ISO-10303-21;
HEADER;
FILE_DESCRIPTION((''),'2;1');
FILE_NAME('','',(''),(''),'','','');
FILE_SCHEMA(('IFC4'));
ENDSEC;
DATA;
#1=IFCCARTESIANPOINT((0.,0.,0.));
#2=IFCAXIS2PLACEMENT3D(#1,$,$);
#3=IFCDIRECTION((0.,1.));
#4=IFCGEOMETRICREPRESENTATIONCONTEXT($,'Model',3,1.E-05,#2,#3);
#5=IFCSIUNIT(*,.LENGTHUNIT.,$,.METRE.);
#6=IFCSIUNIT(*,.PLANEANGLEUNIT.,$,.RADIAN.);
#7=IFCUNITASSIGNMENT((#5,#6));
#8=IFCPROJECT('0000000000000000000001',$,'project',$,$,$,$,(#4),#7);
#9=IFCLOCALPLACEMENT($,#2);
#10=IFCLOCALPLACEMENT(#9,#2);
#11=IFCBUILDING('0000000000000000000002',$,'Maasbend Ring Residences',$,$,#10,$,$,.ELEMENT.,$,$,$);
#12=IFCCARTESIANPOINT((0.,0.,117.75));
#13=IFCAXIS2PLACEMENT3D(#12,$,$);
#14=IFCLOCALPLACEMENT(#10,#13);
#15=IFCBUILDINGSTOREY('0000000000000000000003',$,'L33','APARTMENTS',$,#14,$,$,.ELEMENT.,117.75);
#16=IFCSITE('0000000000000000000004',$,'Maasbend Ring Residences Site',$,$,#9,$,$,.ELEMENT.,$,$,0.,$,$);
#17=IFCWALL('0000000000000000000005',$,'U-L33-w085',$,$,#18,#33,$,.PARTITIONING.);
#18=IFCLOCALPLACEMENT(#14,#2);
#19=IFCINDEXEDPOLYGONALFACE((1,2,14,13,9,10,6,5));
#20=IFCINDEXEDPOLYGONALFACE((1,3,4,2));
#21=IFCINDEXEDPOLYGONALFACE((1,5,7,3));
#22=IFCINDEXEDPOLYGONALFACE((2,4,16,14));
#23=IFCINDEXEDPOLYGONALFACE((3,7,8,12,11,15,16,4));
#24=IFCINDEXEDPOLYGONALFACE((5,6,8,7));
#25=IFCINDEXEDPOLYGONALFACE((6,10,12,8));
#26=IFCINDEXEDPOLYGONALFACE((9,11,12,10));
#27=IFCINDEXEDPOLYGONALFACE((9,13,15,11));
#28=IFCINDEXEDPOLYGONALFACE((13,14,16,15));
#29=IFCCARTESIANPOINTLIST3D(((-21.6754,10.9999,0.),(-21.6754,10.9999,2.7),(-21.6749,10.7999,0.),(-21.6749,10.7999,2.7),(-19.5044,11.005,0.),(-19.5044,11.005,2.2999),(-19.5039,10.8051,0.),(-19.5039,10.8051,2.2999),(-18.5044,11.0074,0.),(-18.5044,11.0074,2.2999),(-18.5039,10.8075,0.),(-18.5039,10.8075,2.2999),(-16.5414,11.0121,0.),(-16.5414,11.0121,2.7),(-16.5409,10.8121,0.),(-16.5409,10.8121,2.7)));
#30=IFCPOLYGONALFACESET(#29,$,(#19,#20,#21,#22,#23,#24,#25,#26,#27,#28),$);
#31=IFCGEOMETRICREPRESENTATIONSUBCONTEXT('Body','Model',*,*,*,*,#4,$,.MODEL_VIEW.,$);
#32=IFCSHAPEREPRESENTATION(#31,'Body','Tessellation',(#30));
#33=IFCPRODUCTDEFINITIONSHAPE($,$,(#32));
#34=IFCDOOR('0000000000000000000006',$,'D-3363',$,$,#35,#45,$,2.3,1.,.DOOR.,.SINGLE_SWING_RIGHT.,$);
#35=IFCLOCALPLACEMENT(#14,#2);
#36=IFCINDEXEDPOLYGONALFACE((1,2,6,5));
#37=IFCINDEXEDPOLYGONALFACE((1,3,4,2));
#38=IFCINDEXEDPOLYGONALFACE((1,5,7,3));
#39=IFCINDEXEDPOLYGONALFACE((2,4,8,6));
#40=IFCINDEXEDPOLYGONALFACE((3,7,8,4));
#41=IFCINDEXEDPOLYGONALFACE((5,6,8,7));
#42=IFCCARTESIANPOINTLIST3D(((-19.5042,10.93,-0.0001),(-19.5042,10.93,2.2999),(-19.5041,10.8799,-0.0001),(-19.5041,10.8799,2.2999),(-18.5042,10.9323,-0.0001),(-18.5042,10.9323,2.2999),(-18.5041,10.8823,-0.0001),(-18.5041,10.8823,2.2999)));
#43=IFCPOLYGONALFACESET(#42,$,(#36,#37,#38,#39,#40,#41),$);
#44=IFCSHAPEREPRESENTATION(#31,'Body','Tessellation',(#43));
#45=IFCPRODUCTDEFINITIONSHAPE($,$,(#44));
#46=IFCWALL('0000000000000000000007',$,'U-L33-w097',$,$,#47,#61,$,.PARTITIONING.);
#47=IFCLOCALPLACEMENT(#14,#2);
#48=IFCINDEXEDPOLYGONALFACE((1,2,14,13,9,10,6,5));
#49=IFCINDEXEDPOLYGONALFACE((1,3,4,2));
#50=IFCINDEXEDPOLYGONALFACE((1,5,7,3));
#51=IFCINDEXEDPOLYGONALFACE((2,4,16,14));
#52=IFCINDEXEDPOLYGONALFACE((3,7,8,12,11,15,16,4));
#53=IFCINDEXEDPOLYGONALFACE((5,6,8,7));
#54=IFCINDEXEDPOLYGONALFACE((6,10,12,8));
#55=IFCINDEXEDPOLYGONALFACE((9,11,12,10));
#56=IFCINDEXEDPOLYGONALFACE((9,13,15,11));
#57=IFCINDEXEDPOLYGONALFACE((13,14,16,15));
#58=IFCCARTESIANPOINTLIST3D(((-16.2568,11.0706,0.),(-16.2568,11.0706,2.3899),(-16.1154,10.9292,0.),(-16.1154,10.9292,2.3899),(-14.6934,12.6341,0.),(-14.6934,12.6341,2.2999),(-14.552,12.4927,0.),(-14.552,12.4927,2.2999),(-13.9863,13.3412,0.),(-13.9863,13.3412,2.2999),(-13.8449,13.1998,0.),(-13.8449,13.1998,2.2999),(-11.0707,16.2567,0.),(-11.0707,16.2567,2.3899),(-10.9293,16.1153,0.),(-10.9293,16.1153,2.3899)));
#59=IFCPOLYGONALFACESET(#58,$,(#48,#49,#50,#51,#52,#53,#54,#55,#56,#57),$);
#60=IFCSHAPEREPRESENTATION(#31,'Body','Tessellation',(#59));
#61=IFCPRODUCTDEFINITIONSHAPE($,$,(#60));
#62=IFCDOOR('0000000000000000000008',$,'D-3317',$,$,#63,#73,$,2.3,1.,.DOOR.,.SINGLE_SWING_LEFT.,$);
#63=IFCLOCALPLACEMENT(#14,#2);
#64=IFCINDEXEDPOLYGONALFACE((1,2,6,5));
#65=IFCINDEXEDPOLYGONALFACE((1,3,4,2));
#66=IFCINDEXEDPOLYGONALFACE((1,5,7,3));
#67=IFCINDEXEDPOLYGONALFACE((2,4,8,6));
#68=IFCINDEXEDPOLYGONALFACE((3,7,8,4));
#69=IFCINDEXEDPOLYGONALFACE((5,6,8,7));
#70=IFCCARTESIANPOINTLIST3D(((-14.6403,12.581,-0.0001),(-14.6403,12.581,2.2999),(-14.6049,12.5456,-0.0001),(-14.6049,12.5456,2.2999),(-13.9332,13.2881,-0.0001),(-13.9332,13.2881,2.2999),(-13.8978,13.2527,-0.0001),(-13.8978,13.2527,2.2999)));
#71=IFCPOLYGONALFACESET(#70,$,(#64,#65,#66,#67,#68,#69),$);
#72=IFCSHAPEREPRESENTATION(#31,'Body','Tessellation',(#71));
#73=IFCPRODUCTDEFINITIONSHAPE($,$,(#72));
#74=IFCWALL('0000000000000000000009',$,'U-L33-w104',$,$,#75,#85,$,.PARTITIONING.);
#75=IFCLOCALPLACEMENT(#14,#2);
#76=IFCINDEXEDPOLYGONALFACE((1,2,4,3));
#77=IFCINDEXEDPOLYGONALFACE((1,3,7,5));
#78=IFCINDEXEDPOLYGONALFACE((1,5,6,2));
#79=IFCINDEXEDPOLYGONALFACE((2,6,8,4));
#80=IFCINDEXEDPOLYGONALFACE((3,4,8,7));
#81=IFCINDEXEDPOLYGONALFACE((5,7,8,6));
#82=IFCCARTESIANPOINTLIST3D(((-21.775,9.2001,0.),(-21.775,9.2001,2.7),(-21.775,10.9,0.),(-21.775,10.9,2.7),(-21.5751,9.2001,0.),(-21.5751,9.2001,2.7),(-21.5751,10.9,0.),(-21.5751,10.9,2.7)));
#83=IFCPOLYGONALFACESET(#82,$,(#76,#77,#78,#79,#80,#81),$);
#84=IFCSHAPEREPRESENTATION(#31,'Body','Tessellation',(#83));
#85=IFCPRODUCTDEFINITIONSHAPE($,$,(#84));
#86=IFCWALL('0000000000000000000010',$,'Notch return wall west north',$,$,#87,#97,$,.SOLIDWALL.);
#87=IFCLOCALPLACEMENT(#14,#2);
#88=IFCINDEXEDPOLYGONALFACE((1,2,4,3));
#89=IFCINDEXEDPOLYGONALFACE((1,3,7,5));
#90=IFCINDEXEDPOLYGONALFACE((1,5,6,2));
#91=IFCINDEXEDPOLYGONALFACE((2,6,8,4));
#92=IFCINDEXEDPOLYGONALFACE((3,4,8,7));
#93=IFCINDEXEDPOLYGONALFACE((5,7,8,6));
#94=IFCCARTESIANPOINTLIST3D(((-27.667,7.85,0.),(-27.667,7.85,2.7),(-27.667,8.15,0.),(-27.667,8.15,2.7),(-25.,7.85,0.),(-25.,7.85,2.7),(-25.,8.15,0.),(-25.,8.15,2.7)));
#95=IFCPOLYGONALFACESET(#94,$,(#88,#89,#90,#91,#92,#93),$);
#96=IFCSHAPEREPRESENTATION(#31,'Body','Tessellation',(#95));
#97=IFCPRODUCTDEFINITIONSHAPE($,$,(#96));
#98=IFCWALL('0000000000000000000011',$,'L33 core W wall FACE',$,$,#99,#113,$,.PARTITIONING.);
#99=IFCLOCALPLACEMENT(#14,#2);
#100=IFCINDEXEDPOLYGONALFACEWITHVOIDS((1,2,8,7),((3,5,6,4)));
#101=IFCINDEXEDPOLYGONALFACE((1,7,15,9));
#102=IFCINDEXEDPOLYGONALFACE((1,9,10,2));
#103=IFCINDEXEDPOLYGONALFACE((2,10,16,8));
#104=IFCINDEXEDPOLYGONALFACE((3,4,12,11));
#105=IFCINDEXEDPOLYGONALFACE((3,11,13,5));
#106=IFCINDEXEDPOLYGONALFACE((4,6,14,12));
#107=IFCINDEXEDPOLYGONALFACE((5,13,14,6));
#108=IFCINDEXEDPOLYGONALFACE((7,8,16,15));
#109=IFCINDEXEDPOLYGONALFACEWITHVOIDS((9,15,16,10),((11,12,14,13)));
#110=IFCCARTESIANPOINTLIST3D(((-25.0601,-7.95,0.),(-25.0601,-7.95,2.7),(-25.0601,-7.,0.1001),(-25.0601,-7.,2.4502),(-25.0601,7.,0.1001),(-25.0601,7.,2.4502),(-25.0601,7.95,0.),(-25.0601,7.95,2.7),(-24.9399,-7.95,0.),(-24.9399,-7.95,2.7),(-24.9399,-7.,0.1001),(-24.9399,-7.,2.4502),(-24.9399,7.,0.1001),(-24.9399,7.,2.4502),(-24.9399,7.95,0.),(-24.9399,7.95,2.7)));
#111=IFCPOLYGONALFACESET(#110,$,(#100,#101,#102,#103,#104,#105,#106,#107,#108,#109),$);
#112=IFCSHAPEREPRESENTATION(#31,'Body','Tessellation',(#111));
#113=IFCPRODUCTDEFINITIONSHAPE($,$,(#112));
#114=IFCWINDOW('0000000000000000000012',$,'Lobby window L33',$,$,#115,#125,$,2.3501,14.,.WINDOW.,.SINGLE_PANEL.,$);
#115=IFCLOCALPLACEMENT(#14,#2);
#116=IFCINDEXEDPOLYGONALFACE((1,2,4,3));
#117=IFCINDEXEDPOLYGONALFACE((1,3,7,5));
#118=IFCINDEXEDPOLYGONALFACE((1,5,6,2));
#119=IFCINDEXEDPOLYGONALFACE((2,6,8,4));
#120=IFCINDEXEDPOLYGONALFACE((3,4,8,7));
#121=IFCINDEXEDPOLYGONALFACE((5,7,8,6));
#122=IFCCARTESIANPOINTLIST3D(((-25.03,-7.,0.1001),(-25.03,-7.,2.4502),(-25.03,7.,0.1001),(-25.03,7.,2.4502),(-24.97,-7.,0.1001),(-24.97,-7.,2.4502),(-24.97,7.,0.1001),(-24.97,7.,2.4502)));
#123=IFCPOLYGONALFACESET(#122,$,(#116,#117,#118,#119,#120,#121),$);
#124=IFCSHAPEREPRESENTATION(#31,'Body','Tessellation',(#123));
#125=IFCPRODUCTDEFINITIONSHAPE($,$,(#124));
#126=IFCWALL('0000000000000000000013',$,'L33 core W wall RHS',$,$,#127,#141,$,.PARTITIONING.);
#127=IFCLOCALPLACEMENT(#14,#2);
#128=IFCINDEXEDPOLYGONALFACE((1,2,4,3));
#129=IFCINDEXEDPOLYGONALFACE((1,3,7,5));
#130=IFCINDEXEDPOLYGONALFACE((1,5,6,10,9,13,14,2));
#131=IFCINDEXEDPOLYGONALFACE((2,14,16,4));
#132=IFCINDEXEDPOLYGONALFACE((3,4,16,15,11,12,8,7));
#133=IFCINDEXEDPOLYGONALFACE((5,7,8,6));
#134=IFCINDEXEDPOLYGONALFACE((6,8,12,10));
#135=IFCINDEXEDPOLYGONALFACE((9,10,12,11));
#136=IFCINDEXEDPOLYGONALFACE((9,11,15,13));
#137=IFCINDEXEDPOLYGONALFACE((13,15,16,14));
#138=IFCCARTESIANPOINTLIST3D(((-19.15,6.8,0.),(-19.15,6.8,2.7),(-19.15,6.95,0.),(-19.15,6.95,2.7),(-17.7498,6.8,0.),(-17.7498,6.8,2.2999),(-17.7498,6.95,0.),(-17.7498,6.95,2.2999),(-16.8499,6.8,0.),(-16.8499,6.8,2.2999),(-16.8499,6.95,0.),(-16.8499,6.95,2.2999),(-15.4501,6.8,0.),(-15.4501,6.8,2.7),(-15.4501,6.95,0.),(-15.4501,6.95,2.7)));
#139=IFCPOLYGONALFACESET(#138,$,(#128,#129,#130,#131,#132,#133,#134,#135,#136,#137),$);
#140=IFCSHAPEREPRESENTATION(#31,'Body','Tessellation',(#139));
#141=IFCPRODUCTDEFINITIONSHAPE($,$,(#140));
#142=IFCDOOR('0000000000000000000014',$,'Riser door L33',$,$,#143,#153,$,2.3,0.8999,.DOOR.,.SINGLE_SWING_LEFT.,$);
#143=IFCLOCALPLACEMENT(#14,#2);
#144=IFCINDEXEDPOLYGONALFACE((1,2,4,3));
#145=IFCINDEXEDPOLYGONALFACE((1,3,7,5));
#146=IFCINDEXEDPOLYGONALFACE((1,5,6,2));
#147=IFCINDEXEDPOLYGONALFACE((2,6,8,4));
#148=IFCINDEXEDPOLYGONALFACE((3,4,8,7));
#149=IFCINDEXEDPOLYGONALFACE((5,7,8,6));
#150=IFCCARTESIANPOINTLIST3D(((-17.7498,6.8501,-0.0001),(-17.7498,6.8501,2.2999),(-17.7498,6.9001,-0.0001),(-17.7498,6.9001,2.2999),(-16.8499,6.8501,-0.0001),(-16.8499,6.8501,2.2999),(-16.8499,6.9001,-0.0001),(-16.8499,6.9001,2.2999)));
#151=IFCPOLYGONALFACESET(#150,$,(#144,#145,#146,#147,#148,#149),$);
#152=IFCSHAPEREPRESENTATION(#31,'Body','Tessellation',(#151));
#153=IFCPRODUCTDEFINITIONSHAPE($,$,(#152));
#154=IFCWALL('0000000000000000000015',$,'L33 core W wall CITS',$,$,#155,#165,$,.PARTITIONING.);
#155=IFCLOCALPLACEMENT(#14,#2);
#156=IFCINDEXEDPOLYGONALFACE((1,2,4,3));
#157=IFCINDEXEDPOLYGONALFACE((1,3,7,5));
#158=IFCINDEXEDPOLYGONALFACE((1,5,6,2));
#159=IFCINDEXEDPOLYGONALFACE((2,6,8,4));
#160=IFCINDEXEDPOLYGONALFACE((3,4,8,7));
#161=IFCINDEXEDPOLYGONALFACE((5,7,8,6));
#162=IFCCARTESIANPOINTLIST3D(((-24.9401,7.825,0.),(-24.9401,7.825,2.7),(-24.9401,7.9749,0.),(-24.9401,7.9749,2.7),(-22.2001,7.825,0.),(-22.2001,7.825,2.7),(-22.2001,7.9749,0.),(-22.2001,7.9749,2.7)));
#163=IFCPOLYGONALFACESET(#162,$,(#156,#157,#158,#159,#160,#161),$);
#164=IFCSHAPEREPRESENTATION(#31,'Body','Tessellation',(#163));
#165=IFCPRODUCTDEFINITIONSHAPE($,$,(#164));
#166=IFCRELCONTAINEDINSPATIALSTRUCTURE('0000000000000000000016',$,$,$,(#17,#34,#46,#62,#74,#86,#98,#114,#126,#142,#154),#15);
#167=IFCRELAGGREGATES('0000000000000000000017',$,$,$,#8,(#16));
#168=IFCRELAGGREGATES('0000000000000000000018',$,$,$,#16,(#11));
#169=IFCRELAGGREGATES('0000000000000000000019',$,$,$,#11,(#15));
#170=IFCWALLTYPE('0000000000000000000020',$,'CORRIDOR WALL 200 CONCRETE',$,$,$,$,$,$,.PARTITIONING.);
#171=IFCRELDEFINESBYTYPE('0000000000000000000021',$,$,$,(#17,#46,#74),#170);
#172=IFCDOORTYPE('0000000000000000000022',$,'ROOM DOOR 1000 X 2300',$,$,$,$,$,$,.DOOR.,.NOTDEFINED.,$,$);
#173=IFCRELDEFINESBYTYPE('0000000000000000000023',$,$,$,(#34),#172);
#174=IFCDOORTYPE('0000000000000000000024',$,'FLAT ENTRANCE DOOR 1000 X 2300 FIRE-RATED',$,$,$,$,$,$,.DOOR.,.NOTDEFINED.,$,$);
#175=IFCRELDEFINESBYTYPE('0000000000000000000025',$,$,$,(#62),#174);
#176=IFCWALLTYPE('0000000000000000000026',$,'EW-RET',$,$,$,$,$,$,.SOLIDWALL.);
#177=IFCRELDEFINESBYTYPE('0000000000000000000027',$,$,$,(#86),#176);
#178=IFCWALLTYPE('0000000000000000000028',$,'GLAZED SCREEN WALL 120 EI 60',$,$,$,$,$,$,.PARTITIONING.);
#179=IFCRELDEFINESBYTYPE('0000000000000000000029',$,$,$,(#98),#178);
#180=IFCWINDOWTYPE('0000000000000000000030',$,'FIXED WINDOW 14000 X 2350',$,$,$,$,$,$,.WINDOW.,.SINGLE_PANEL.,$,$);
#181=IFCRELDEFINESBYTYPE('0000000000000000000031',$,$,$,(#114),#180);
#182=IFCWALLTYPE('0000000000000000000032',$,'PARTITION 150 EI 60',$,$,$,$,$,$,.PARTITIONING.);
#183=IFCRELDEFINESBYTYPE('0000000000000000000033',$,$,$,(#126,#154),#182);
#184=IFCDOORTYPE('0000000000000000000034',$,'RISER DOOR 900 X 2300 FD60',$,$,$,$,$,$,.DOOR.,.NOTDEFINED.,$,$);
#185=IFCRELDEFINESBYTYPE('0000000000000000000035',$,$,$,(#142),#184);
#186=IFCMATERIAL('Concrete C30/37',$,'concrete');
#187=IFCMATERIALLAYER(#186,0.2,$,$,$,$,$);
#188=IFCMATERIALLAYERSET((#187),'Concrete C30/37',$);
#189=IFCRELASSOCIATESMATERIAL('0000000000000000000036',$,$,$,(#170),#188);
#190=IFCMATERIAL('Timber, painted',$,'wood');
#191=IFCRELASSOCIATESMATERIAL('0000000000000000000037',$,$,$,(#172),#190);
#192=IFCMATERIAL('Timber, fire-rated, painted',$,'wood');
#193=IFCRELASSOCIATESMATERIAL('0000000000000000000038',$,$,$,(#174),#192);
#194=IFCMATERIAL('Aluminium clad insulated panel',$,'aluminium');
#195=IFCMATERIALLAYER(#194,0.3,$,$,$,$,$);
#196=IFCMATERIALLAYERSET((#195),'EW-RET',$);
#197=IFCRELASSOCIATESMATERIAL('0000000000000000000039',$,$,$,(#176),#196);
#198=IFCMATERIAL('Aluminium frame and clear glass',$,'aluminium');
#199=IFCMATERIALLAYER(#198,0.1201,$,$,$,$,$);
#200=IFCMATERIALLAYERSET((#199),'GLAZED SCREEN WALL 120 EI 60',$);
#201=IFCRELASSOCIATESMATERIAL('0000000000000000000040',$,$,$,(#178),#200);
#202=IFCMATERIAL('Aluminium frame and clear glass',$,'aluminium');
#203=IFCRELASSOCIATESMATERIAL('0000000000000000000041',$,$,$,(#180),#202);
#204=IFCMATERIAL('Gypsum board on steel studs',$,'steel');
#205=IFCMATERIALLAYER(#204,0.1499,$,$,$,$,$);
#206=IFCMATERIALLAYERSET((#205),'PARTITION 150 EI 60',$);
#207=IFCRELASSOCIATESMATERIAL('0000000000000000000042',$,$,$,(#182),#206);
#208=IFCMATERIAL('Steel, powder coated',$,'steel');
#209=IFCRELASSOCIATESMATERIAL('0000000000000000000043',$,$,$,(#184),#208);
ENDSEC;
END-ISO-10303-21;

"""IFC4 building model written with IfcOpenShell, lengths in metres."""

from ifc_helpers import new_model, si_unit, direction, frame, frame_2d, origin, place, context, subcontext, project, spatial, rectangle, extrude, material, layer, layer_set, type_object, element, fill, save


model = new_model("IFC4")

# Units and contexts
model_context = context("Model", 3, precision=1e-05, world=origin(), true_north=direction((0.0, 1.0)))
body_context = subcontext(model_context, "Body", "Model", "MODEL_VIEW")
ifc_project = project(units=[si_unit("LENGTHUNIT", "METRE"), si_unit("PLANEANGLEUNIT", "RADIAN")], contexts=[model_context])

# Site, building, storey
site_placement = place(None, origin())
site = spatial("IfcSite", under=ifc_project, at=site_placement, Name="Maasbend Ring Residences Site", CompositionType="ELEMENT", RefElevation=0.0)
building_placement = place(site_placement, origin())
building = spatial("IfcBuilding", under=site, at=building_placement, Name="Maasbend Ring Residences", CompositionType="ELEMENT")
storey_placement = place(building_placement, frame((0.0, 0.0, 117.75)))
storey = spatial("IfcBuildingStorey", under=building, at=storey_placement, Name="L33", Description="APARTMENTS", CompositionType="ELEMENT", Elevation=117.75)

# Walls, openings, doors
ifc_material_1 = material(Name="Concrete C30/37", Category="concrete")
ifc_layer_1 = layer(ifc_material_1, 0.2)
ifc_layer_set_1 = layer_set([ifc_layer_1], Name="Concrete C30/37")
wall_type_1 = type_object("IfcWallType", Name="CORRIDOR WALL 200 CONCRETE", PredefinedType="PARTITIONING", material=ifc_layer_set_1)
wall_1_placement = place(storey_placement, frame((-21.675, 10.8999, 0.0), z_axis=(0.0, 0.0, 1.0), x_axis=(0.999997, 0.002378, 0.0)))
wall_1 = element("IfcWall", 1, at=wall_1_placement, inside=storey, type_object=wall_type_1, Name="U-L33-w085", PredefinedType="PARTITIONING", context=body_context, shape_type="SweptSolid", body=[
    extrude(rectangle(XDim=5.134, YDim=0.2, at=frame_2d((2.5669, 0.0))), origin(), (0.0, 0.0, 1.0), 2.7),
])
opening_1_placement = place(wall_1_placement, frame((2.1709, 0.0, 0.0)))
opening_1 = element("IfcOpeningElement", 2, at=opening_1_placement, cuts=wall_1, PredefinedType="OPENING", context=body_context, shape_type="SweptSolid", body=[
    extrude(rectangle(XDim=1.0, YDim=2.3, at=frame_2d((0.5, 1.1499))), frame((0.0, 0.1099, 0.0), z_axis=(0.0, -1.0, 0.0), x_axis=(1.0, 0.0, 0.0)), (0.0, 0.0, 1.0), 0.22),
])
ifc_material_2 = material(Name="Timber, painted", Category="wood")
door_type_1 = type_object("IfcDoorType", Name="ROOM DOOR 1000 X 2300", OperationType="NOTDEFINED", PredefinedType="DOOR", material=ifc_material_2)
door_1_placement = place(opening_1_placement, origin())
door_1 = element("IfcDoor", 3, at=door_1_placement, inside=storey, type_object=door_type_1, Name="D-3363", OperationType="SINGLE_SWING_RIGHT", OverallHeight=2.3, OverallWidth=1.0, PredefinedType="DOOR", context=body_context, shape_type="SweptSolid", body=[
    extrude(rectangle(XDim=1.0, YDim=2.3, at=frame_2d((0.5, 1.1499))), frame((0.0, 0.0249, 0.0), z_axis=(0.0, -1.0, 0.0), x_axis=(1.0, 0.0, 0.0)), (0.0, 0.0, 1.0), 0.05),
])
fill(opening_1, door_1)
wall_2_placement = place(storey_placement, frame((-16.186, 11.0, 0.0), z_axis=(0.0, 0.0, 1.0), x_axis=(0.707107, 0.707107, 0.0)))
wall_2 = element("IfcWall", 4, at=wall_2_placement, inside=storey, type_object=wall_type_1, Name="U-L33-w097", PredefinedType="PARTITIONING", context=body_context, shape_type="SweptSolid", body=[
    extrude(rectangle(XDim=7.3342, YDim=0.2, at=frame_2d((3.667, 0.0))), origin(), (0.0, 0.0, 1.0), 2.3899),
])
opening_2_placement = place(wall_2_placement, frame((2.2109, 0.0, 0.0)))
opening_2 = element("IfcOpeningElement", 5, at=opening_2_placement, cuts=wall_2, PredefinedType="OPENING", context=body_context, shape_type="SweptSolid", body=[
    extrude(rectangle(XDim=1.0, YDim=2.3, at=frame_2d((0.5, 1.1499))), frame((0.0, 0.1099, 0.0), z_axis=(0.0, -1.0, 0.0), x_axis=(1.0, 0.0, 0.0)), (0.0, 0.0, 1.0), 0.22),
])
ifc_material_3 = material(Name="Timber, fire-rated, painted", Category="wood")
door_type_2 = type_object("IfcDoorType", Name="FLAT ENTRANCE DOOR 1000 X 2300 FIRE-RATED", OperationType="NOTDEFINED", PredefinedType="DOOR", material=ifc_material_3)
door_2_placement = place(opening_2_placement, origin())
door_2 = element("IfcDoor", 6, at=door_2_placement, inside=storey, type_object=door_type_2, Name="D-3317", OperationType="SINGLE_SWING_LEFT", OverallHeight=2.3, OverallWidth=1.0, PredefinedType="DOOR", context=body_context, shape_type="SweptSolid", body=[
    extrude(rectangle(XDim=1.0, YDim=2.3, at=frame_2d((0.5, 1.1499))), frame((0.0, 0.0249, 0.0), z_axis=(0.0, -1.0, 0.0), x_axis=(1.0, 0.0, 0.0)), (0.0, 0.0, 1.0), 0.05),
])
fill(opening_2, door_2)

# Walls
wall_3_placement = place(storey_placement, frame((-21.675, 9.2, 0.0), z_axis=(0.0, 0.0, 1.0), x_axis=(0.0, 1.0, 0.0)))
element("IfcWall", 7, at=wall_3_placement, inside=storey, type_object=wall_type_1, Name="U-L33-w104", PredefinedType="PARTITIONING", context=body_context, shape_type="SweptSolid", body=[
    extrude(rectangle(XDim=1.7, YDim=0.2, at=frame_2d((0.8501, 0.0))), origin(), (0.0, 0.0, 1.0), 2.7),
])
ifc_material_4 = material(Name="Aluminium clad insulated panel", Category="aluminium")
ifc_layer_2 = layer(ifc_material_4, 0.3)
ifc_layer_set_2 = layer_set([ifc_layer_2], Name="EW-RET")
wall_type_2 = type_object("IfcWallType", Name="EW-RET", PredefinedType="SOLIDWALL", material=ifc_layer_set_2)
wall_4_placement = place(storey_placement, frame((-25.0, 8.0, 0.0), z_axis=(0.0, 0.0, 1.0), x_axis=(-1.0, 0.0, 0.0)))
element("IfcWall", 8, at=wall_4_placement, inside=storey, type_object=wall_type_2, Name="Notch return wall west north", PredefinedType="SOLIDWALL", context=body_context, shape_type="SweptSolid", body=[
    extrude(rectangle(XDim=2.667, YDim=0.3, at=frame_2d((1.3335, 0.0))), origin(), (0.0, 0.0, 1.0), 2.7),
])

# Wall, opening, window
ifc_material_5 = material(Name="Aluminium frame and clear glass", Category="aluminium")
ifc_layer_3 = layer(ifc_material_5, 0.1201)
ifc_layer_set_3 = layer_set([ifc_layer_3], Name="GLAZED SCREEN WALL 120 EI 60")
wall_type_3 = type_object("IfcWallType", Name="GLAZED SCREEN WALL 120 EI 60", PredefinedType="PARTITIONING", material=ifc_layer_set_3)
wall_5_placement = place(storey_placement, frame((-25.0, 7.95, 0.0), z_axis=(0.0, 0.0, 1.0), x_axis=(0.0, -1.0, 0.0)))
wall_5 = element("IfcWall", 9, at=wall_5_placement, inside=storey, type_object=wall_type_3, Name="L33 core W wall FACE", PredefinedType="PARTITIONING", context=body_context, shape_type="SweptSolid", body=[
    extrude(rectangle(XDim=15.8999, YDim=0.1201, at=frame_2d((7.95, 0.0))), origin(), (0.0, 0.0, 1.0), 2.7),
])
opening_3_placement = place(wall_5_placement, frame((0.95, 0.0, 0.1001)))
opening_3 = element("IfcOpeningElement", 10, at=opening_3_placement, cuts=wall_5, PredefinedType="OPENING", context=body_context, shape_type="SweptSolid", body=[
    extrude(rectangle(XDim=14.0, YDim=2.3501, at=frame_2d((7.0, 1.175))), frame((0.0, 0.0701, 0.0), z_axis=(0.0, -1.0, 0.0), x_axis=(1.0, 0.0, 0.0)), (0.0, 0.0, 1.0), 0.1401),
])
ifc_material_6 = material(Name="Aluminium frame and clear glass", Category="aluminium")
window_type = type_object("IfcWindowType", Name="FIXED WINDOW 14000 X 2350", PartitioningType="SINGLE_PANEL", PredefinedType="WINDOW", material=ifc_material_6)
window_placement = place(opening_3_placement, origin())
window = element("IfcWindow", 11, at=window_placement, inside=storey, type_object=window_type, Name="Lobby window L33", OverallHeight=2.3501, OverallWidth=14.0, PartitioningType="SINGLE_PANEL", PredefinedType="WINDOW", context=body_context, shape_type="SweptSolid", body=[
    extrude(rectangle(XDim=14.0, YDim=2.3501, at=frame_2d((7.0, 1.175))), frame((0.0, 0.03, 0.0), z_axis=(0.0, -1.0, 0.0), x_axis=(1.0, 0.0, 0.0)), (0.0, 0.0, 1.0), 0.0601),
])
fill(opening_3, window)

# Wall, opening, door
ifc_material_7 = material(Name="Gypsum board on steel studs", Category="steel")
ifc_layer_4 = layer(ifc_material_7, 0.1499)
ifc_layer_set_4 = layer_set([ifc_layer_4], Name="PARTITION 150 EI 60")
wall_type_4 = type_object("IfcWallType", Name="PARTITION 150 EI 60", PredefinedType="PARTITIONING", material=ifc_layer_set_4)
wall_6_placement = place(storey_placement, frame((-15.45, 6.875, 0.0), z_axis=(0.0, 0.0, 1.0), x_axis=(-1.0, 0.0, 0.0)))
wall_6 = element("IfcWall", 12, at=wall_6_placement, inside=storey, type_object=wall_type_4, Name="L33 core W wall RHS", PredefinedType="PARTITIONING", context=body_context, shape_type="SweptSolid", body=[
    extrude(rectangle(XDim=3.7, YDim=0.1499, at=frame_2d((1.8501, 0.0))), origin(), (0.0, 0.0, 1.0), 2.7),
])
opening_4_placement = place(wall_6_placement, frame((1.3999, 0.0, 0.0)))
opening_4 = element("IfcOpeningElement", 13, at=opening_4_placement, cuts=wall_6, PredefinedType="OPENING", context=body_context, shape_type="SweptSolid", body=[
    extrude(rectangle(XDim=0.8999, YDim=2.3, at=frame_2d((0.45, 1.1499))), frame((0.0, 0.085, 0.0), z_axis=(0.0, -1.0, 0.0), x_axis=(1.0, 0.0, 0.0)), (0.0, 0.0, 1.0), 0.1699),
])
ifc_material_8 = material(Name="Steel, powder coated", Category="steel")
door_type_3 = type_object("IfcDoorType", Name="RISER DOOR 900 X 2300 FD60", OperationType="NOTDEFINED", PredefinedType="DOOR", material=ifc_material_8)
door_3_placement = place(opening_4_placement, origin())
door_3 = element("IfcDoor", 14, at=door_3_placement, inside=storey, type_object=door_type_3, Name="Riser door L33", OperationType="SINGLE_SWING_LEFT", OverallHeight=2.3, OverallWidth=0.8999, PredefinedType="DOOR", context=body_context, shape_type="SweptSolid", body=[
    extrude(rectangle(XDim=0.8999, YDim=2.3, at=frame_2d((0.45, 1.1499))), frame((0.0, 0.0249, 0.0), z_axis=(0.0, -1.0, 0.0), x_axis=(1.0, 0.0, 0.0)), (0.0, 0.0, 1.0), 0.05),
])
fill(opening_4, door_3)

# Wall
wall_7_placement = place(storey_placement, frame((-22.2, 7.8999, 0.0), z_axis=(0.0, 0.0, 1.0), x_axis=(-1.0, 0.0, 0.0)))
element("IfcWall", 15, at=wall_7_placement, inside=storey, type_object=wall_type_4, Name="L33 core W wall CITS", PredefinedType="PARTITIONING", context=body_context, shape_type="SweptSolid", body=[
    extrude(rectangle(XDim=2.74, YDim=0.1499, at=frame_2d((1.3701, 0.0))), origin(), (0.0, 0.0, 1.0), 2.7),
])

save(model, "model.ifc")
